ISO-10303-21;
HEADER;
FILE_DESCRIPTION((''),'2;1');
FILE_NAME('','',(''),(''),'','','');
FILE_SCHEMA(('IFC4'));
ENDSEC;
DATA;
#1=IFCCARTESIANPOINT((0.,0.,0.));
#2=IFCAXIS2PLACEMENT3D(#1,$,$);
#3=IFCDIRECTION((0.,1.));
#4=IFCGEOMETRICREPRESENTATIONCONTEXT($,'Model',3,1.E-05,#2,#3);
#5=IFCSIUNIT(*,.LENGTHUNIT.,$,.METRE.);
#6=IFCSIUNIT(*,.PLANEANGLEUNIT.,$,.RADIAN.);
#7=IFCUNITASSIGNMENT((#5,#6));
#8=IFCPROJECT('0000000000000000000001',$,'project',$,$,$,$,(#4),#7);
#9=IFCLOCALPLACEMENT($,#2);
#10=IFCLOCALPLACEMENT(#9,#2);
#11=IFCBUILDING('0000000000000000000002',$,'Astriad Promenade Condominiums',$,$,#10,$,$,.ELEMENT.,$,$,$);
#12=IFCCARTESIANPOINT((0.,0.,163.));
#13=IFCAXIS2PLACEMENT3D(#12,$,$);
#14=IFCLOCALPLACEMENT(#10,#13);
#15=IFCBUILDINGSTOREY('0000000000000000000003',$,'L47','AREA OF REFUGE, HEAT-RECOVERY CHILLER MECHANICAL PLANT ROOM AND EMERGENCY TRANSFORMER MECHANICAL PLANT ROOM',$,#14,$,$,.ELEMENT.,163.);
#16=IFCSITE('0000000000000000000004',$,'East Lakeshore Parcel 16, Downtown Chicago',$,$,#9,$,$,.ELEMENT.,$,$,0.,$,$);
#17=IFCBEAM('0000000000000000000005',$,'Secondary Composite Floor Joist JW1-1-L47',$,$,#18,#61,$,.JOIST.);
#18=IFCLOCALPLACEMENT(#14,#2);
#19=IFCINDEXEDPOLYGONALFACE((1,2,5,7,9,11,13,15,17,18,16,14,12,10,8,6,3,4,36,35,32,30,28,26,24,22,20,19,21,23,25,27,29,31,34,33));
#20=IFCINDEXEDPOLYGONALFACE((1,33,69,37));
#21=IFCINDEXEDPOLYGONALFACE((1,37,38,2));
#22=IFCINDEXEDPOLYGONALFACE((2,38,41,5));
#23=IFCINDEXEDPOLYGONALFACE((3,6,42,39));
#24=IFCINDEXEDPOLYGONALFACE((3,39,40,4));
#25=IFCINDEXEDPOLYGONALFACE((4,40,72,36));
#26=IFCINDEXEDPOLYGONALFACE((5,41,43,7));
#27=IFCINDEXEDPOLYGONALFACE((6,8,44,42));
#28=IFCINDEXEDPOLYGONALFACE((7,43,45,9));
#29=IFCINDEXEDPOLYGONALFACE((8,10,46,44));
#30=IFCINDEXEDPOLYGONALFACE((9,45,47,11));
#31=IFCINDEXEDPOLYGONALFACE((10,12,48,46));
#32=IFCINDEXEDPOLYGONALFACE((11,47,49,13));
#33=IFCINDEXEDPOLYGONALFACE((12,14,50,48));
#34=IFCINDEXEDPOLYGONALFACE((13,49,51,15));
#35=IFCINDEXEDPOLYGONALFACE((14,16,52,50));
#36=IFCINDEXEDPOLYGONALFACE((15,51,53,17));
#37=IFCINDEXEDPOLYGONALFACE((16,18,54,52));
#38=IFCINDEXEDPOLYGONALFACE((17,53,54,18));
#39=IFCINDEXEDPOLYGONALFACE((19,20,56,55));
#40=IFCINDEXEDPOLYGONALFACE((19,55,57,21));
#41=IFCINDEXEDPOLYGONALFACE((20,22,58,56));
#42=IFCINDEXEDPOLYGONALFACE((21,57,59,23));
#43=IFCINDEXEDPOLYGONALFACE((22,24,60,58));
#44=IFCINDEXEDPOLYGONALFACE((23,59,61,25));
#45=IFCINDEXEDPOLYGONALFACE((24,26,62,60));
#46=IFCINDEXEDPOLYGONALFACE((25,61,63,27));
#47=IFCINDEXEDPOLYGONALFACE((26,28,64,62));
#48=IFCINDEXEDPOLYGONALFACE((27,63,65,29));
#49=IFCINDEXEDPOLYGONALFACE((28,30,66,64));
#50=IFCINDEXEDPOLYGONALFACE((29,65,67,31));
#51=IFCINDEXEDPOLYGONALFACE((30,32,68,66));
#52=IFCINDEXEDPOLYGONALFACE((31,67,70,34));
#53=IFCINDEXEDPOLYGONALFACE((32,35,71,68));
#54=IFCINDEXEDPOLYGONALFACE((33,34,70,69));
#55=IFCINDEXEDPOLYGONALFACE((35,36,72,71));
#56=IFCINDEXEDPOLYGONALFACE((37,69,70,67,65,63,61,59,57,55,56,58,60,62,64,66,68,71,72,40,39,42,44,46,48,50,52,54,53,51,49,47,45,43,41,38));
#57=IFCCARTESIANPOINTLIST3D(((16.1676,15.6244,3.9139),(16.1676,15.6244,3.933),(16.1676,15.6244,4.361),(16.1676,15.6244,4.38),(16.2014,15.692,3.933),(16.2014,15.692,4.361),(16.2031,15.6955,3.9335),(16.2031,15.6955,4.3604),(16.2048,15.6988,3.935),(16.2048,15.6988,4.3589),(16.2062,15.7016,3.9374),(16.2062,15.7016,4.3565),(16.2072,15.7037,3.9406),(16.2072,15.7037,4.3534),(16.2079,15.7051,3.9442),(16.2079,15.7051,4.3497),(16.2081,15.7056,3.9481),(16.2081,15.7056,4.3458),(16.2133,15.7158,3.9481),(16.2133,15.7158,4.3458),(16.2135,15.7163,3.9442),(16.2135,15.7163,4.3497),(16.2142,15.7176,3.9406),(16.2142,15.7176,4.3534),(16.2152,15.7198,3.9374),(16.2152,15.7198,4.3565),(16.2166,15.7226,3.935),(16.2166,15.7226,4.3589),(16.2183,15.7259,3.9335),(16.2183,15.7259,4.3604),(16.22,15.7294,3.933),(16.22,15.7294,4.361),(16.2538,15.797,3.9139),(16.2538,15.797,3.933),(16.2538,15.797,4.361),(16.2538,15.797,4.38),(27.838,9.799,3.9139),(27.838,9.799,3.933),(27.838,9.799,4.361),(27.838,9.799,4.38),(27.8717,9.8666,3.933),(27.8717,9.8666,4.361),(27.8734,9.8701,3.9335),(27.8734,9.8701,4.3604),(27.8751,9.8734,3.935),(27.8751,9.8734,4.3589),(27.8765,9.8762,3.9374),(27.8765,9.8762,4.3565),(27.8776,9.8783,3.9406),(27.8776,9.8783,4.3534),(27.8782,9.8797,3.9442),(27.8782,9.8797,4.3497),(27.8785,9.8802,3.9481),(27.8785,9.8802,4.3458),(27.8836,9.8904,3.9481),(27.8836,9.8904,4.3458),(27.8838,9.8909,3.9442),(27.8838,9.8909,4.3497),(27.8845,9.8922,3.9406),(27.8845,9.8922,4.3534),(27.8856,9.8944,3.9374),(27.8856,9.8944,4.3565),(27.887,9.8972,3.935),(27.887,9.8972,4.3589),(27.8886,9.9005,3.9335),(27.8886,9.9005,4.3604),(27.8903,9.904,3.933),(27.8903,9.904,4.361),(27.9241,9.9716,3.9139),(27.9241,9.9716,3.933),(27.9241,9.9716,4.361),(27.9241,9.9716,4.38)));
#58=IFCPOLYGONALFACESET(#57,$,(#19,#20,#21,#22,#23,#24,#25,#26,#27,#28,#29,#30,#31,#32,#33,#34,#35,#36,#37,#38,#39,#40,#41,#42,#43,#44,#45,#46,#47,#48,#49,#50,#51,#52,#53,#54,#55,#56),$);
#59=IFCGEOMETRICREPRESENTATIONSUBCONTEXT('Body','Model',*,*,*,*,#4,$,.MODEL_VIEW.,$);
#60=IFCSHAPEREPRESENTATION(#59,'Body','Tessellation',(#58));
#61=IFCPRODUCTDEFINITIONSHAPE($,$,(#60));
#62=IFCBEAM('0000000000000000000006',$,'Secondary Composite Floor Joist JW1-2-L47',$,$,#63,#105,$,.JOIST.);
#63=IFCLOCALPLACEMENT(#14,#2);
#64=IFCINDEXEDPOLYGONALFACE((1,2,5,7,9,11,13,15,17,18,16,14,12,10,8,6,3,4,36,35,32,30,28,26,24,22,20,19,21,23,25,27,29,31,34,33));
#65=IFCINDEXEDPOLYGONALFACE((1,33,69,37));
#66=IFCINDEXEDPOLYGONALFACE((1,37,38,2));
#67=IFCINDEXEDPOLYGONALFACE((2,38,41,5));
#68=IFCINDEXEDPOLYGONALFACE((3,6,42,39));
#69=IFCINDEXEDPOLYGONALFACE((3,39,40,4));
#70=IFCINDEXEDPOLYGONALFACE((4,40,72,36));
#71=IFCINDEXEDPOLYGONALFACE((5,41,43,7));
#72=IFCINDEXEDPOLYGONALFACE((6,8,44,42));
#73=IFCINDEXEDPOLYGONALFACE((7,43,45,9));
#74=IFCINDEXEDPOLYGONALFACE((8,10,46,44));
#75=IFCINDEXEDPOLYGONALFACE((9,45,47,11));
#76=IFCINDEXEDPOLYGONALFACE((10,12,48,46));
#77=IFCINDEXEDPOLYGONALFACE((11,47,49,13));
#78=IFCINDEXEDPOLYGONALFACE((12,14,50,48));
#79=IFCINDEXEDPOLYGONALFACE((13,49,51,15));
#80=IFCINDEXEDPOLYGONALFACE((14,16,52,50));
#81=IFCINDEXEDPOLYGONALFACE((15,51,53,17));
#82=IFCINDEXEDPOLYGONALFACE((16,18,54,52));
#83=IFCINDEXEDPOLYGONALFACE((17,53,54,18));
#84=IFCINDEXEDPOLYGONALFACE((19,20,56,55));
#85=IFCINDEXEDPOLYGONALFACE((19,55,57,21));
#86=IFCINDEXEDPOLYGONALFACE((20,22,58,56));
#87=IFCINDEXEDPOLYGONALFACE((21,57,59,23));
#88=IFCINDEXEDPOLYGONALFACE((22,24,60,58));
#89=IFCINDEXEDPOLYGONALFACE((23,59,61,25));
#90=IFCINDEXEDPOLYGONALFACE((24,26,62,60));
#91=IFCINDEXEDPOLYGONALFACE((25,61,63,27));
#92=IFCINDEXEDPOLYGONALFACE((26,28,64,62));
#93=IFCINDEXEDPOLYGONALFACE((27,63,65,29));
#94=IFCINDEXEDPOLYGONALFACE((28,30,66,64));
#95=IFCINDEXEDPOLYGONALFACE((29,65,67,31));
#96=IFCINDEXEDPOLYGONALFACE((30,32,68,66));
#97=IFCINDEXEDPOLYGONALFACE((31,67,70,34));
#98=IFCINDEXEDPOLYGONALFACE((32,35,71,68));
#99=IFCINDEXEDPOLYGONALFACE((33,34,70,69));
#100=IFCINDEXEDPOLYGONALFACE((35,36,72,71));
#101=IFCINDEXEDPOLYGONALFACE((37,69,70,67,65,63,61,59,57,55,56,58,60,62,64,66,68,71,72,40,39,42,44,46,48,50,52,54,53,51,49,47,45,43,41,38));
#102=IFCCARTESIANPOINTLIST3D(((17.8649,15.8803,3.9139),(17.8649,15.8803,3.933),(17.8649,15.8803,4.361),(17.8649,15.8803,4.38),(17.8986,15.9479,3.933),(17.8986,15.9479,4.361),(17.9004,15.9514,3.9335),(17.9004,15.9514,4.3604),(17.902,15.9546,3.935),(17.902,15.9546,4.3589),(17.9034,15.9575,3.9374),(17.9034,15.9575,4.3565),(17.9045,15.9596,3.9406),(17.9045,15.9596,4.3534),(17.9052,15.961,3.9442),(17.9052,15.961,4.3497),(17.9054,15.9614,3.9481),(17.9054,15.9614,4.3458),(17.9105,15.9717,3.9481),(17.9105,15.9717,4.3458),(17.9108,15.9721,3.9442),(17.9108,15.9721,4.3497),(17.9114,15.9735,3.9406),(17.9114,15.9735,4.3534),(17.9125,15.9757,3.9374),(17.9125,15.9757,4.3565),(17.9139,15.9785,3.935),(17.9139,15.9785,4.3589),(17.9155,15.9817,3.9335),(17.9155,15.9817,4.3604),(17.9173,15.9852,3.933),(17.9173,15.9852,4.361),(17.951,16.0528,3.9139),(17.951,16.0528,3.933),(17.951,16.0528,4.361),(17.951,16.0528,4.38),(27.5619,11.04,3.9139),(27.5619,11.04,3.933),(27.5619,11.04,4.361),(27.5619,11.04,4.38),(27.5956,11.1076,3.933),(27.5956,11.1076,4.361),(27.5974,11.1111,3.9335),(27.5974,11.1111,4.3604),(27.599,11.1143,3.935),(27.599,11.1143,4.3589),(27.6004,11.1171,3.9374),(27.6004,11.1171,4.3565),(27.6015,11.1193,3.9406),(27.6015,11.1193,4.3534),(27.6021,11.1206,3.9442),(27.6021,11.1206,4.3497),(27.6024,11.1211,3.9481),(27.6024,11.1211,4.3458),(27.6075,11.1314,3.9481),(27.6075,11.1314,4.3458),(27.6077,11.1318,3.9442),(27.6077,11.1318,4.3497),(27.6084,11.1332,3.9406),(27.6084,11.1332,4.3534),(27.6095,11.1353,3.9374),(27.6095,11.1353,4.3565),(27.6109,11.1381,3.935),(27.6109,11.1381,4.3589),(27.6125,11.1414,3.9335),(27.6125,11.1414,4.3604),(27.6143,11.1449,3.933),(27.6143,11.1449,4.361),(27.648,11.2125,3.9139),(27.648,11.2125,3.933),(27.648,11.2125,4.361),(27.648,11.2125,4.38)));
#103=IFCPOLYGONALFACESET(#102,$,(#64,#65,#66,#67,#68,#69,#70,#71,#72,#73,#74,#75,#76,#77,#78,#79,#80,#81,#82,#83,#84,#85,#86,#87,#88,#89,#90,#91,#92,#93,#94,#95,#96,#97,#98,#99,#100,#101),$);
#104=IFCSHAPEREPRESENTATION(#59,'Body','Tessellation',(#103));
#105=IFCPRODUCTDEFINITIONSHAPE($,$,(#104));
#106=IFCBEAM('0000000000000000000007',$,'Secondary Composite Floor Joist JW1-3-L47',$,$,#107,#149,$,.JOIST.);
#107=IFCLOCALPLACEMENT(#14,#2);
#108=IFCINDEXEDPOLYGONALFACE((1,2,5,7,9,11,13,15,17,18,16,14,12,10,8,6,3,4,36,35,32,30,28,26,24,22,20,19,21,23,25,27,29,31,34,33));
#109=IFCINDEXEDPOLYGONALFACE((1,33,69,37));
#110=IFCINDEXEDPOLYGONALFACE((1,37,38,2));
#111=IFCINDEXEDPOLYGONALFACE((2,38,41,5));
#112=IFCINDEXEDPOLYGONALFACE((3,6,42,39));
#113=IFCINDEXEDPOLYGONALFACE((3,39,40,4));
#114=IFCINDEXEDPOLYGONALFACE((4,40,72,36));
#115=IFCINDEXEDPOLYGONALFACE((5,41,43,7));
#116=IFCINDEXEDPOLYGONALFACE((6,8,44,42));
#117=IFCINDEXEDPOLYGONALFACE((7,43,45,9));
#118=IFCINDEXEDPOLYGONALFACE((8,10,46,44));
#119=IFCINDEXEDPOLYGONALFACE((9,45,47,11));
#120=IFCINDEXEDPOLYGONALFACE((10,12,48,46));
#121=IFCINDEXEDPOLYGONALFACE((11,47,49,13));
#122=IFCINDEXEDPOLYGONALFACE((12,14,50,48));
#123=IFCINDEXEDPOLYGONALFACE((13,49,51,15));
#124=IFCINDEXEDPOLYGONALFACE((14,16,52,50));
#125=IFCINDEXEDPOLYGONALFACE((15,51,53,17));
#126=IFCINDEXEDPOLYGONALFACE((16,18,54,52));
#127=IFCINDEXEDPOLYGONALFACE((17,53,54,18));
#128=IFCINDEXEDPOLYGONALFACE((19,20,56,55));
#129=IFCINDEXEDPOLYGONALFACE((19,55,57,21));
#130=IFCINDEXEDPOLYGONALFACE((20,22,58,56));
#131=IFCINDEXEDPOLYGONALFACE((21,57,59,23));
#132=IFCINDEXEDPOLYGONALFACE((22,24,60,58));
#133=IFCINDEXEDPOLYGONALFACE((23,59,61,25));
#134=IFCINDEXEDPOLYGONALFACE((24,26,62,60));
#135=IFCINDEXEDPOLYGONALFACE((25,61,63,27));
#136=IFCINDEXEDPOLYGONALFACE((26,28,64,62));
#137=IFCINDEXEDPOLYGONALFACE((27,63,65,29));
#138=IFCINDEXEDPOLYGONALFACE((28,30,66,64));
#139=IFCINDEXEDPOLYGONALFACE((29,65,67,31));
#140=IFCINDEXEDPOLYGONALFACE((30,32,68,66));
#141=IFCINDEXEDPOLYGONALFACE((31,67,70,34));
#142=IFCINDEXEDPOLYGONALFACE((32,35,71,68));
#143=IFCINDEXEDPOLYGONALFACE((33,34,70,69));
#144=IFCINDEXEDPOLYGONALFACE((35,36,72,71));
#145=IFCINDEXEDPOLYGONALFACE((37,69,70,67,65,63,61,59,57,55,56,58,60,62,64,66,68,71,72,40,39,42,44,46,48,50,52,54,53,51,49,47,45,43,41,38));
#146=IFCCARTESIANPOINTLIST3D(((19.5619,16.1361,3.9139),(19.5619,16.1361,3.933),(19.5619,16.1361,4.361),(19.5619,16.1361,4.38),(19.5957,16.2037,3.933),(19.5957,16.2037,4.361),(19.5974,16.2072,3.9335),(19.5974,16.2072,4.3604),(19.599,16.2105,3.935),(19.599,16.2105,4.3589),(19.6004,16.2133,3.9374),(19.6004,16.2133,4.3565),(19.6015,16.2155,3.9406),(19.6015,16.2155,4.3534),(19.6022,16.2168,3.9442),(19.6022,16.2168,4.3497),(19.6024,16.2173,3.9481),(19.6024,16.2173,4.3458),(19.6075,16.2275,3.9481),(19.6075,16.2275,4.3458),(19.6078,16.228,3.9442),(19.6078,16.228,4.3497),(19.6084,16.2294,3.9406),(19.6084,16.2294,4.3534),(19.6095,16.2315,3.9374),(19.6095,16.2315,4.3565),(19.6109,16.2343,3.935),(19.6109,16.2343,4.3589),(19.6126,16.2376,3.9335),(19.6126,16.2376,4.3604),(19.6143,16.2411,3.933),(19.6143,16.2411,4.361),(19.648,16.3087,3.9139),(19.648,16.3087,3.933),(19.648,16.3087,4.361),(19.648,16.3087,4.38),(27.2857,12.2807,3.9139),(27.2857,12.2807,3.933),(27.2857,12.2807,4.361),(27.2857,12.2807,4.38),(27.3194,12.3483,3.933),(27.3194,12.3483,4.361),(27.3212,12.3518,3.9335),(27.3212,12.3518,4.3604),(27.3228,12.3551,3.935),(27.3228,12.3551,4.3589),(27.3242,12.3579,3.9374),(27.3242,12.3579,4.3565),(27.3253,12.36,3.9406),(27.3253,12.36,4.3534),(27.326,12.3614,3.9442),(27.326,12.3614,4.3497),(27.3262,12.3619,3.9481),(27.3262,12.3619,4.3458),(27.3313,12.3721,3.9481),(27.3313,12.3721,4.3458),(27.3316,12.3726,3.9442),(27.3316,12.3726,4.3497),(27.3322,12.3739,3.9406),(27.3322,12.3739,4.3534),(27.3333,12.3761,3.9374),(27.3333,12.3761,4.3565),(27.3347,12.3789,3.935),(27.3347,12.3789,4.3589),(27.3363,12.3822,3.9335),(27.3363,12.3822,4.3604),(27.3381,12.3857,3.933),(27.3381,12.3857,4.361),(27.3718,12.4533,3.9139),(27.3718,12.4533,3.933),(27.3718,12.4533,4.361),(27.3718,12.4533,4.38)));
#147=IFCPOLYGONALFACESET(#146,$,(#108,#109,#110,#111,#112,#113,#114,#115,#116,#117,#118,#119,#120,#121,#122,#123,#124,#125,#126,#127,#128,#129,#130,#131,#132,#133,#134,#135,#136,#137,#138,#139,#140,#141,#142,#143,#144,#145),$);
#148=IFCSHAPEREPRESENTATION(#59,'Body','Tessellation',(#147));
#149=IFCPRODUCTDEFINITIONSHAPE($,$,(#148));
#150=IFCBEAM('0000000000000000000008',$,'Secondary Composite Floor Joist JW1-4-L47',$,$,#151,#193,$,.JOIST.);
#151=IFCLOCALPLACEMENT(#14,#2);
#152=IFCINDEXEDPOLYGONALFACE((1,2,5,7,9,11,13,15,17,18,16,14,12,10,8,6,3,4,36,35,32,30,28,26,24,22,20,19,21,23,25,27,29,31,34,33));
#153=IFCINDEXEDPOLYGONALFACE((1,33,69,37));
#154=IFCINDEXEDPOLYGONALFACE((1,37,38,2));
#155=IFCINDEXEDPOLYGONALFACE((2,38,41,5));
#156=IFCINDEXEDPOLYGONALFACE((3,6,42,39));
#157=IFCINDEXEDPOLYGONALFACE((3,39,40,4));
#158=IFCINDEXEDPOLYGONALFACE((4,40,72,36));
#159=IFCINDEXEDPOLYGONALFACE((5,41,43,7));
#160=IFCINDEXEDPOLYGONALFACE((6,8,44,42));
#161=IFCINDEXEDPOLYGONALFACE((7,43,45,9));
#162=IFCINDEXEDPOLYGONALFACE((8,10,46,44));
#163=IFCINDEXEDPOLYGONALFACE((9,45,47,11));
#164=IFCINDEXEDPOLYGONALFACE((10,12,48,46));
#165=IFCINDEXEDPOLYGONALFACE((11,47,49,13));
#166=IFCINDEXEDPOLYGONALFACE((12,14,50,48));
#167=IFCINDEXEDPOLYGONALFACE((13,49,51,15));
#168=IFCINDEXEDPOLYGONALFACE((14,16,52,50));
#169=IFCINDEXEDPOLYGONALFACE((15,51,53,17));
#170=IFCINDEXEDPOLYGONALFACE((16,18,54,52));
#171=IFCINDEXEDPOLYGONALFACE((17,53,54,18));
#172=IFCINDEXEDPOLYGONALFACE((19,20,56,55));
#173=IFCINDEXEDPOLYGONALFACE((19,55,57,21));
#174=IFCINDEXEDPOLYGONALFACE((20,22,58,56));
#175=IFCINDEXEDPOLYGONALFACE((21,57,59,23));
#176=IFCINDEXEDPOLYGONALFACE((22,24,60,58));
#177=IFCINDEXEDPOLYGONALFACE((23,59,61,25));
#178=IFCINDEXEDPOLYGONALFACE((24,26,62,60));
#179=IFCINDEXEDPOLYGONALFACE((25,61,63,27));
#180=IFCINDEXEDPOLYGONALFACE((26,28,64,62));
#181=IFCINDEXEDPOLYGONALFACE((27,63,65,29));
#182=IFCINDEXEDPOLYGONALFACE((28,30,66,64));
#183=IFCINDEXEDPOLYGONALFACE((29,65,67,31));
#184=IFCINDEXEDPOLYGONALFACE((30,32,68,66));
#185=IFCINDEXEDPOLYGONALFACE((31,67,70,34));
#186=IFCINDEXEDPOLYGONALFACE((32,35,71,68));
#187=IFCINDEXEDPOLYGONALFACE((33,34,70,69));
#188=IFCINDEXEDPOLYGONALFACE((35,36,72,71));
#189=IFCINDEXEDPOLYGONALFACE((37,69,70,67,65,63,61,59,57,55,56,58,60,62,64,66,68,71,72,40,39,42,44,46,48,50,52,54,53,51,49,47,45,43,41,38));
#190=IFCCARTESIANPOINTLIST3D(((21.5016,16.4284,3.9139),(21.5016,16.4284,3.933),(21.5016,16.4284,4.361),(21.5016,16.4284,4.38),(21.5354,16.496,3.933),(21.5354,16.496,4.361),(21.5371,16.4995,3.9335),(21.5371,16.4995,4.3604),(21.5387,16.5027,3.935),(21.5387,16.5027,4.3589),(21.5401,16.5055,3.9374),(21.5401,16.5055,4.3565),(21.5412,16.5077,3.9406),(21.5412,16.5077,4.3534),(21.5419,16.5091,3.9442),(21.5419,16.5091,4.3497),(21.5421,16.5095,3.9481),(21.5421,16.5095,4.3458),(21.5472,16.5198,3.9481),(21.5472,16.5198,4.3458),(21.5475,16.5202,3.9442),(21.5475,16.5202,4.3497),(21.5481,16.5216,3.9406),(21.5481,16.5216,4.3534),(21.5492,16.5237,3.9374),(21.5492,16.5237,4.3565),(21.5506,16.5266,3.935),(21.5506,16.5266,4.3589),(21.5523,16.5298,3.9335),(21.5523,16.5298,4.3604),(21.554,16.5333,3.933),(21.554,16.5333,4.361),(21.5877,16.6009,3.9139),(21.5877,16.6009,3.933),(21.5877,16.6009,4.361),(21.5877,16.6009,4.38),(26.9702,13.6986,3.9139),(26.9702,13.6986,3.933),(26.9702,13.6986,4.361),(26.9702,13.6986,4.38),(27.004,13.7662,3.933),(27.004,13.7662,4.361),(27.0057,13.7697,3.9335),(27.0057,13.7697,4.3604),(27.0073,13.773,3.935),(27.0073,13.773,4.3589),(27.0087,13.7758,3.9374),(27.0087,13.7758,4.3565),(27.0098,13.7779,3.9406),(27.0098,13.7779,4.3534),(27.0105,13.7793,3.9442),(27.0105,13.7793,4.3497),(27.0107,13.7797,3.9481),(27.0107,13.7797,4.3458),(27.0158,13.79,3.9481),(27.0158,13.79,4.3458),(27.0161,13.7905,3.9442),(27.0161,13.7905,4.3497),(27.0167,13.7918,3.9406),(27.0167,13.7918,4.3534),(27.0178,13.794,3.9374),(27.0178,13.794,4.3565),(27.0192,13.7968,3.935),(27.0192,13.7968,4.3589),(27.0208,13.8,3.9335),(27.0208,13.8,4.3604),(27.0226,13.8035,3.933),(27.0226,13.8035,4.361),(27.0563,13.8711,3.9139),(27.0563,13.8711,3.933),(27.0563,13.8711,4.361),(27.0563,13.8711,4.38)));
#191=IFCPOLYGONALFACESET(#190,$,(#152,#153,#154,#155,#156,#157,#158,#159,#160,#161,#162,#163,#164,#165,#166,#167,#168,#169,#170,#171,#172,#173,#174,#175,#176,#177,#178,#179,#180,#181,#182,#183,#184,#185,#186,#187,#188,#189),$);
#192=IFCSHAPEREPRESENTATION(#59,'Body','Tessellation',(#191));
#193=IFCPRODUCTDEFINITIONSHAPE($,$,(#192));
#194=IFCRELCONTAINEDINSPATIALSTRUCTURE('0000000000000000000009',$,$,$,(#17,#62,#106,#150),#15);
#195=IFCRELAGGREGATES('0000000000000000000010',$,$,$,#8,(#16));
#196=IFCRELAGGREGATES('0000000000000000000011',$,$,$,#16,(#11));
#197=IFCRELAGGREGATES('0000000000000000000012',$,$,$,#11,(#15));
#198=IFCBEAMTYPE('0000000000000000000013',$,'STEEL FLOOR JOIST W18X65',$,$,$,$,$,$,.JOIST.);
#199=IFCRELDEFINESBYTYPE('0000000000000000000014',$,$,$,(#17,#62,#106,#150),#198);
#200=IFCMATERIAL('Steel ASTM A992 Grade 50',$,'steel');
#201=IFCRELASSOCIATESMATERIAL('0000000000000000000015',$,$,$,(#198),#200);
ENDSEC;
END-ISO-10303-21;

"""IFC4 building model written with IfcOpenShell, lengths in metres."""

from ifc_helpers import new_model, si_unit, direction, frame, origin, origin_2d, place, context, subcontext, project, spatial, i_section, extrude, source, transform, mapped, material, material_profile, profile_set, type_object, type_shapes, element, save


model = new_model("IFC4")

# Units and contexts
model_context = context("Model", 3, precision=1e-05, world=origin(), true_north=direction((0.0, 1.0)))
body_context = subcontext(model_context, "Body", "Model", "MODEL_VIEW")
ifc_project = project(units=[si_unit("LENGTHUNIT", "METRE"), si_unit("PLANEANGLEUNIT", "RADIAN")], contexts=[model_context])

# Site, building, storey
site_placement = place(None, origin())
site = spatial("IfcSite", under=ifc_project, at=site_placement, Name="East Lakeshore Parcel 16, Downtown Chicago", CompositionType="ELEMENT", RefElevation=0.0)
building_placement = place(site_placement, origin())
building = spatial("IfcBuilding", under=site, at=building_placement, Name="Astriad Promenade Condominiums", CompositionType="ELEMENT")
storey_placement = place(building_placement, frame((0.0, 0.0, 163.0)))
storey = spatial("IfcBuildingStorey", under=building, at=storey_placement, Name="L47", Description="AREA OF REFUGE, HEAT-RECOVERY CHILLER MECHANICAL PLANT ROOM AND EMERGENCY TRANSFORMER MECHANICAL PLANT ROOM", CompositionType="ELEMENT", Elevation=163.0)

# Shared definitions
ifc_material_1 = material(Name="Steel ASTM A992 Grade 50", Category="steel")

# Beams
ifc_material_profile_1 = material_profile(ifc_material_1, i_section(OverallWidth=0.1929, OverallDepth=0.4661, WebThickness=0.0115, FlangeThickness=0.019, FilletRadius=0.0151, at=origin_2d()), Name="W18X65")
ifc_profile_set_1 = profile_set([ifc_material_profile_1], Name="Steel ASTM A992 Grade 50")
beam_type_1 = type_object("IfcBeamType", Name="STEEL FLOOR JOIST W18X65", PredefinedType="JOIST", material=ifc_profile_set_1)
shared_shape_1 = source(origin(), body_context, "Body", "SweptSolid", [
    extrude(i_section(OverallWidth=0.1929, OverallDepth=0.4661, WebThickness=0.0115, FlangeThickness=0.019, FilletRadius=0.0151, at=origin_2d()), origin(), (0.0, 0.0, 1.0), 13.0435),
])
beam_1_placement = place(storey_placement, frame((16.2107, 15.7107, 4.147), z_axis=(0.894726, -0.446615, 0.0), x_axis=(0.446615, 0.894726, 0.0)))
element("IfcBeam", 1, at=beam_1_placement, inside=storey, type_object=beam_type_1, Name="Secondary Composite Floor Joist JW1-1-L47", PredefinedType="JOIST", context=body_context, shape_type="MappedRepresentation", body=[
    mapped(shared_shape_1, transform((0.0, 0.0, 0.0), scale=1.0)),
])
shared_shape_2 = source(origin(), body_context, "Body", "SweptSolid", [
    extrude(i_section(OverallWidth=0.1929, OverallDepth=0.4661, WebThickness=0.0115, FlangeThickness=0.019, FilletRadius=0.0151, at=origin_2d()), origin(), (0.0, 0.0, 1.0), 10.8379),
])
beam_2_placement = place(storey_placement, frame((17.908, 15.9666, 4.147), z_axis=(0.894729, -0.44661, 0.0), x_axis=(0.44661, 0.894729, 0.0)))
element("IfcBeam", 2, at=beam_2_placement, inside=storey, type_object=beam_type_1, Name="Secondary Composite Floor Joist JW1-2-L47", PredefinedType="JOIST", context=body_context, shape_type="MappedRepresentation", body=[
    mapped(shared_shape_2, transform((0.0, 0.0, 0.0), scale=1.0)),
])
shared_shape_3 = source(origin(), body_context, "Body", "SweptSolid", [
    extrude(i_section(OverallWidth=0.1929, OverallDepth=0.4661, WebThickness=0.0115, FlangeThickness=0.019, FilletRadius=0.0151, at=origin_2d()), origin(), (0.0, 0.0, 1.0), 8.6326),
])
beam_3_placement = place(storey_placement, frame((19.605, 16.2224, 4.147), z_axis=(0.894727, -0.446614, 0.0), x_axis=(0.446614, 0.894727, 0.0)))
element("IfcBeam", 3, at=beam_3_placement, inside=storey, type_object=beam_type_1, Name="Secondary Composite Floor Joist JW1-3-L47", PredefinedType="JOIST", context=body_context, shape_type="MappedRepresentation", body=[
    mapped(shared_shape_3, transform((0.0, 0.0, 0.0), scale=1.0)),
])
shared_shape_4 = source(origin(), body_context, "Body", "SweptSolid", [
    extrude(i_section(OverallWidth=0.1929, OverallDepth=0.4661, WebThickness=0.0115, FlangeThickness=0.019, FilletRadius=0.0151, at=origin_2d()), origin(), (0.0, 0.0, 1.0), 6.1121),
])
type_shapes(beam_type_1, [shared_shape_1, shared_shape_2, shared_shape_3, shared_shape_4])
beam_4_placement = place(storey_placement, frame((21.5447, 16.5146, 4.147), z_axis=(0.894723, -0.446622, 0.0), x_axis=(0.446622, 0.894723, 0.0)))
element("IfcBeam", 4, at=beam_4_placement, inside=storey, type_object=beam_type_1, Name="Secondary Composite Floor Joist JW1-4-L47", PredefinedType="JOIST", context=body_context, shape_type="MappedRepresentation", body=[
    mapped(shared_shape_4, transform((0.0, 0.0, 0.0), scale=1.0)),
])

save(model, "model.ifc")
